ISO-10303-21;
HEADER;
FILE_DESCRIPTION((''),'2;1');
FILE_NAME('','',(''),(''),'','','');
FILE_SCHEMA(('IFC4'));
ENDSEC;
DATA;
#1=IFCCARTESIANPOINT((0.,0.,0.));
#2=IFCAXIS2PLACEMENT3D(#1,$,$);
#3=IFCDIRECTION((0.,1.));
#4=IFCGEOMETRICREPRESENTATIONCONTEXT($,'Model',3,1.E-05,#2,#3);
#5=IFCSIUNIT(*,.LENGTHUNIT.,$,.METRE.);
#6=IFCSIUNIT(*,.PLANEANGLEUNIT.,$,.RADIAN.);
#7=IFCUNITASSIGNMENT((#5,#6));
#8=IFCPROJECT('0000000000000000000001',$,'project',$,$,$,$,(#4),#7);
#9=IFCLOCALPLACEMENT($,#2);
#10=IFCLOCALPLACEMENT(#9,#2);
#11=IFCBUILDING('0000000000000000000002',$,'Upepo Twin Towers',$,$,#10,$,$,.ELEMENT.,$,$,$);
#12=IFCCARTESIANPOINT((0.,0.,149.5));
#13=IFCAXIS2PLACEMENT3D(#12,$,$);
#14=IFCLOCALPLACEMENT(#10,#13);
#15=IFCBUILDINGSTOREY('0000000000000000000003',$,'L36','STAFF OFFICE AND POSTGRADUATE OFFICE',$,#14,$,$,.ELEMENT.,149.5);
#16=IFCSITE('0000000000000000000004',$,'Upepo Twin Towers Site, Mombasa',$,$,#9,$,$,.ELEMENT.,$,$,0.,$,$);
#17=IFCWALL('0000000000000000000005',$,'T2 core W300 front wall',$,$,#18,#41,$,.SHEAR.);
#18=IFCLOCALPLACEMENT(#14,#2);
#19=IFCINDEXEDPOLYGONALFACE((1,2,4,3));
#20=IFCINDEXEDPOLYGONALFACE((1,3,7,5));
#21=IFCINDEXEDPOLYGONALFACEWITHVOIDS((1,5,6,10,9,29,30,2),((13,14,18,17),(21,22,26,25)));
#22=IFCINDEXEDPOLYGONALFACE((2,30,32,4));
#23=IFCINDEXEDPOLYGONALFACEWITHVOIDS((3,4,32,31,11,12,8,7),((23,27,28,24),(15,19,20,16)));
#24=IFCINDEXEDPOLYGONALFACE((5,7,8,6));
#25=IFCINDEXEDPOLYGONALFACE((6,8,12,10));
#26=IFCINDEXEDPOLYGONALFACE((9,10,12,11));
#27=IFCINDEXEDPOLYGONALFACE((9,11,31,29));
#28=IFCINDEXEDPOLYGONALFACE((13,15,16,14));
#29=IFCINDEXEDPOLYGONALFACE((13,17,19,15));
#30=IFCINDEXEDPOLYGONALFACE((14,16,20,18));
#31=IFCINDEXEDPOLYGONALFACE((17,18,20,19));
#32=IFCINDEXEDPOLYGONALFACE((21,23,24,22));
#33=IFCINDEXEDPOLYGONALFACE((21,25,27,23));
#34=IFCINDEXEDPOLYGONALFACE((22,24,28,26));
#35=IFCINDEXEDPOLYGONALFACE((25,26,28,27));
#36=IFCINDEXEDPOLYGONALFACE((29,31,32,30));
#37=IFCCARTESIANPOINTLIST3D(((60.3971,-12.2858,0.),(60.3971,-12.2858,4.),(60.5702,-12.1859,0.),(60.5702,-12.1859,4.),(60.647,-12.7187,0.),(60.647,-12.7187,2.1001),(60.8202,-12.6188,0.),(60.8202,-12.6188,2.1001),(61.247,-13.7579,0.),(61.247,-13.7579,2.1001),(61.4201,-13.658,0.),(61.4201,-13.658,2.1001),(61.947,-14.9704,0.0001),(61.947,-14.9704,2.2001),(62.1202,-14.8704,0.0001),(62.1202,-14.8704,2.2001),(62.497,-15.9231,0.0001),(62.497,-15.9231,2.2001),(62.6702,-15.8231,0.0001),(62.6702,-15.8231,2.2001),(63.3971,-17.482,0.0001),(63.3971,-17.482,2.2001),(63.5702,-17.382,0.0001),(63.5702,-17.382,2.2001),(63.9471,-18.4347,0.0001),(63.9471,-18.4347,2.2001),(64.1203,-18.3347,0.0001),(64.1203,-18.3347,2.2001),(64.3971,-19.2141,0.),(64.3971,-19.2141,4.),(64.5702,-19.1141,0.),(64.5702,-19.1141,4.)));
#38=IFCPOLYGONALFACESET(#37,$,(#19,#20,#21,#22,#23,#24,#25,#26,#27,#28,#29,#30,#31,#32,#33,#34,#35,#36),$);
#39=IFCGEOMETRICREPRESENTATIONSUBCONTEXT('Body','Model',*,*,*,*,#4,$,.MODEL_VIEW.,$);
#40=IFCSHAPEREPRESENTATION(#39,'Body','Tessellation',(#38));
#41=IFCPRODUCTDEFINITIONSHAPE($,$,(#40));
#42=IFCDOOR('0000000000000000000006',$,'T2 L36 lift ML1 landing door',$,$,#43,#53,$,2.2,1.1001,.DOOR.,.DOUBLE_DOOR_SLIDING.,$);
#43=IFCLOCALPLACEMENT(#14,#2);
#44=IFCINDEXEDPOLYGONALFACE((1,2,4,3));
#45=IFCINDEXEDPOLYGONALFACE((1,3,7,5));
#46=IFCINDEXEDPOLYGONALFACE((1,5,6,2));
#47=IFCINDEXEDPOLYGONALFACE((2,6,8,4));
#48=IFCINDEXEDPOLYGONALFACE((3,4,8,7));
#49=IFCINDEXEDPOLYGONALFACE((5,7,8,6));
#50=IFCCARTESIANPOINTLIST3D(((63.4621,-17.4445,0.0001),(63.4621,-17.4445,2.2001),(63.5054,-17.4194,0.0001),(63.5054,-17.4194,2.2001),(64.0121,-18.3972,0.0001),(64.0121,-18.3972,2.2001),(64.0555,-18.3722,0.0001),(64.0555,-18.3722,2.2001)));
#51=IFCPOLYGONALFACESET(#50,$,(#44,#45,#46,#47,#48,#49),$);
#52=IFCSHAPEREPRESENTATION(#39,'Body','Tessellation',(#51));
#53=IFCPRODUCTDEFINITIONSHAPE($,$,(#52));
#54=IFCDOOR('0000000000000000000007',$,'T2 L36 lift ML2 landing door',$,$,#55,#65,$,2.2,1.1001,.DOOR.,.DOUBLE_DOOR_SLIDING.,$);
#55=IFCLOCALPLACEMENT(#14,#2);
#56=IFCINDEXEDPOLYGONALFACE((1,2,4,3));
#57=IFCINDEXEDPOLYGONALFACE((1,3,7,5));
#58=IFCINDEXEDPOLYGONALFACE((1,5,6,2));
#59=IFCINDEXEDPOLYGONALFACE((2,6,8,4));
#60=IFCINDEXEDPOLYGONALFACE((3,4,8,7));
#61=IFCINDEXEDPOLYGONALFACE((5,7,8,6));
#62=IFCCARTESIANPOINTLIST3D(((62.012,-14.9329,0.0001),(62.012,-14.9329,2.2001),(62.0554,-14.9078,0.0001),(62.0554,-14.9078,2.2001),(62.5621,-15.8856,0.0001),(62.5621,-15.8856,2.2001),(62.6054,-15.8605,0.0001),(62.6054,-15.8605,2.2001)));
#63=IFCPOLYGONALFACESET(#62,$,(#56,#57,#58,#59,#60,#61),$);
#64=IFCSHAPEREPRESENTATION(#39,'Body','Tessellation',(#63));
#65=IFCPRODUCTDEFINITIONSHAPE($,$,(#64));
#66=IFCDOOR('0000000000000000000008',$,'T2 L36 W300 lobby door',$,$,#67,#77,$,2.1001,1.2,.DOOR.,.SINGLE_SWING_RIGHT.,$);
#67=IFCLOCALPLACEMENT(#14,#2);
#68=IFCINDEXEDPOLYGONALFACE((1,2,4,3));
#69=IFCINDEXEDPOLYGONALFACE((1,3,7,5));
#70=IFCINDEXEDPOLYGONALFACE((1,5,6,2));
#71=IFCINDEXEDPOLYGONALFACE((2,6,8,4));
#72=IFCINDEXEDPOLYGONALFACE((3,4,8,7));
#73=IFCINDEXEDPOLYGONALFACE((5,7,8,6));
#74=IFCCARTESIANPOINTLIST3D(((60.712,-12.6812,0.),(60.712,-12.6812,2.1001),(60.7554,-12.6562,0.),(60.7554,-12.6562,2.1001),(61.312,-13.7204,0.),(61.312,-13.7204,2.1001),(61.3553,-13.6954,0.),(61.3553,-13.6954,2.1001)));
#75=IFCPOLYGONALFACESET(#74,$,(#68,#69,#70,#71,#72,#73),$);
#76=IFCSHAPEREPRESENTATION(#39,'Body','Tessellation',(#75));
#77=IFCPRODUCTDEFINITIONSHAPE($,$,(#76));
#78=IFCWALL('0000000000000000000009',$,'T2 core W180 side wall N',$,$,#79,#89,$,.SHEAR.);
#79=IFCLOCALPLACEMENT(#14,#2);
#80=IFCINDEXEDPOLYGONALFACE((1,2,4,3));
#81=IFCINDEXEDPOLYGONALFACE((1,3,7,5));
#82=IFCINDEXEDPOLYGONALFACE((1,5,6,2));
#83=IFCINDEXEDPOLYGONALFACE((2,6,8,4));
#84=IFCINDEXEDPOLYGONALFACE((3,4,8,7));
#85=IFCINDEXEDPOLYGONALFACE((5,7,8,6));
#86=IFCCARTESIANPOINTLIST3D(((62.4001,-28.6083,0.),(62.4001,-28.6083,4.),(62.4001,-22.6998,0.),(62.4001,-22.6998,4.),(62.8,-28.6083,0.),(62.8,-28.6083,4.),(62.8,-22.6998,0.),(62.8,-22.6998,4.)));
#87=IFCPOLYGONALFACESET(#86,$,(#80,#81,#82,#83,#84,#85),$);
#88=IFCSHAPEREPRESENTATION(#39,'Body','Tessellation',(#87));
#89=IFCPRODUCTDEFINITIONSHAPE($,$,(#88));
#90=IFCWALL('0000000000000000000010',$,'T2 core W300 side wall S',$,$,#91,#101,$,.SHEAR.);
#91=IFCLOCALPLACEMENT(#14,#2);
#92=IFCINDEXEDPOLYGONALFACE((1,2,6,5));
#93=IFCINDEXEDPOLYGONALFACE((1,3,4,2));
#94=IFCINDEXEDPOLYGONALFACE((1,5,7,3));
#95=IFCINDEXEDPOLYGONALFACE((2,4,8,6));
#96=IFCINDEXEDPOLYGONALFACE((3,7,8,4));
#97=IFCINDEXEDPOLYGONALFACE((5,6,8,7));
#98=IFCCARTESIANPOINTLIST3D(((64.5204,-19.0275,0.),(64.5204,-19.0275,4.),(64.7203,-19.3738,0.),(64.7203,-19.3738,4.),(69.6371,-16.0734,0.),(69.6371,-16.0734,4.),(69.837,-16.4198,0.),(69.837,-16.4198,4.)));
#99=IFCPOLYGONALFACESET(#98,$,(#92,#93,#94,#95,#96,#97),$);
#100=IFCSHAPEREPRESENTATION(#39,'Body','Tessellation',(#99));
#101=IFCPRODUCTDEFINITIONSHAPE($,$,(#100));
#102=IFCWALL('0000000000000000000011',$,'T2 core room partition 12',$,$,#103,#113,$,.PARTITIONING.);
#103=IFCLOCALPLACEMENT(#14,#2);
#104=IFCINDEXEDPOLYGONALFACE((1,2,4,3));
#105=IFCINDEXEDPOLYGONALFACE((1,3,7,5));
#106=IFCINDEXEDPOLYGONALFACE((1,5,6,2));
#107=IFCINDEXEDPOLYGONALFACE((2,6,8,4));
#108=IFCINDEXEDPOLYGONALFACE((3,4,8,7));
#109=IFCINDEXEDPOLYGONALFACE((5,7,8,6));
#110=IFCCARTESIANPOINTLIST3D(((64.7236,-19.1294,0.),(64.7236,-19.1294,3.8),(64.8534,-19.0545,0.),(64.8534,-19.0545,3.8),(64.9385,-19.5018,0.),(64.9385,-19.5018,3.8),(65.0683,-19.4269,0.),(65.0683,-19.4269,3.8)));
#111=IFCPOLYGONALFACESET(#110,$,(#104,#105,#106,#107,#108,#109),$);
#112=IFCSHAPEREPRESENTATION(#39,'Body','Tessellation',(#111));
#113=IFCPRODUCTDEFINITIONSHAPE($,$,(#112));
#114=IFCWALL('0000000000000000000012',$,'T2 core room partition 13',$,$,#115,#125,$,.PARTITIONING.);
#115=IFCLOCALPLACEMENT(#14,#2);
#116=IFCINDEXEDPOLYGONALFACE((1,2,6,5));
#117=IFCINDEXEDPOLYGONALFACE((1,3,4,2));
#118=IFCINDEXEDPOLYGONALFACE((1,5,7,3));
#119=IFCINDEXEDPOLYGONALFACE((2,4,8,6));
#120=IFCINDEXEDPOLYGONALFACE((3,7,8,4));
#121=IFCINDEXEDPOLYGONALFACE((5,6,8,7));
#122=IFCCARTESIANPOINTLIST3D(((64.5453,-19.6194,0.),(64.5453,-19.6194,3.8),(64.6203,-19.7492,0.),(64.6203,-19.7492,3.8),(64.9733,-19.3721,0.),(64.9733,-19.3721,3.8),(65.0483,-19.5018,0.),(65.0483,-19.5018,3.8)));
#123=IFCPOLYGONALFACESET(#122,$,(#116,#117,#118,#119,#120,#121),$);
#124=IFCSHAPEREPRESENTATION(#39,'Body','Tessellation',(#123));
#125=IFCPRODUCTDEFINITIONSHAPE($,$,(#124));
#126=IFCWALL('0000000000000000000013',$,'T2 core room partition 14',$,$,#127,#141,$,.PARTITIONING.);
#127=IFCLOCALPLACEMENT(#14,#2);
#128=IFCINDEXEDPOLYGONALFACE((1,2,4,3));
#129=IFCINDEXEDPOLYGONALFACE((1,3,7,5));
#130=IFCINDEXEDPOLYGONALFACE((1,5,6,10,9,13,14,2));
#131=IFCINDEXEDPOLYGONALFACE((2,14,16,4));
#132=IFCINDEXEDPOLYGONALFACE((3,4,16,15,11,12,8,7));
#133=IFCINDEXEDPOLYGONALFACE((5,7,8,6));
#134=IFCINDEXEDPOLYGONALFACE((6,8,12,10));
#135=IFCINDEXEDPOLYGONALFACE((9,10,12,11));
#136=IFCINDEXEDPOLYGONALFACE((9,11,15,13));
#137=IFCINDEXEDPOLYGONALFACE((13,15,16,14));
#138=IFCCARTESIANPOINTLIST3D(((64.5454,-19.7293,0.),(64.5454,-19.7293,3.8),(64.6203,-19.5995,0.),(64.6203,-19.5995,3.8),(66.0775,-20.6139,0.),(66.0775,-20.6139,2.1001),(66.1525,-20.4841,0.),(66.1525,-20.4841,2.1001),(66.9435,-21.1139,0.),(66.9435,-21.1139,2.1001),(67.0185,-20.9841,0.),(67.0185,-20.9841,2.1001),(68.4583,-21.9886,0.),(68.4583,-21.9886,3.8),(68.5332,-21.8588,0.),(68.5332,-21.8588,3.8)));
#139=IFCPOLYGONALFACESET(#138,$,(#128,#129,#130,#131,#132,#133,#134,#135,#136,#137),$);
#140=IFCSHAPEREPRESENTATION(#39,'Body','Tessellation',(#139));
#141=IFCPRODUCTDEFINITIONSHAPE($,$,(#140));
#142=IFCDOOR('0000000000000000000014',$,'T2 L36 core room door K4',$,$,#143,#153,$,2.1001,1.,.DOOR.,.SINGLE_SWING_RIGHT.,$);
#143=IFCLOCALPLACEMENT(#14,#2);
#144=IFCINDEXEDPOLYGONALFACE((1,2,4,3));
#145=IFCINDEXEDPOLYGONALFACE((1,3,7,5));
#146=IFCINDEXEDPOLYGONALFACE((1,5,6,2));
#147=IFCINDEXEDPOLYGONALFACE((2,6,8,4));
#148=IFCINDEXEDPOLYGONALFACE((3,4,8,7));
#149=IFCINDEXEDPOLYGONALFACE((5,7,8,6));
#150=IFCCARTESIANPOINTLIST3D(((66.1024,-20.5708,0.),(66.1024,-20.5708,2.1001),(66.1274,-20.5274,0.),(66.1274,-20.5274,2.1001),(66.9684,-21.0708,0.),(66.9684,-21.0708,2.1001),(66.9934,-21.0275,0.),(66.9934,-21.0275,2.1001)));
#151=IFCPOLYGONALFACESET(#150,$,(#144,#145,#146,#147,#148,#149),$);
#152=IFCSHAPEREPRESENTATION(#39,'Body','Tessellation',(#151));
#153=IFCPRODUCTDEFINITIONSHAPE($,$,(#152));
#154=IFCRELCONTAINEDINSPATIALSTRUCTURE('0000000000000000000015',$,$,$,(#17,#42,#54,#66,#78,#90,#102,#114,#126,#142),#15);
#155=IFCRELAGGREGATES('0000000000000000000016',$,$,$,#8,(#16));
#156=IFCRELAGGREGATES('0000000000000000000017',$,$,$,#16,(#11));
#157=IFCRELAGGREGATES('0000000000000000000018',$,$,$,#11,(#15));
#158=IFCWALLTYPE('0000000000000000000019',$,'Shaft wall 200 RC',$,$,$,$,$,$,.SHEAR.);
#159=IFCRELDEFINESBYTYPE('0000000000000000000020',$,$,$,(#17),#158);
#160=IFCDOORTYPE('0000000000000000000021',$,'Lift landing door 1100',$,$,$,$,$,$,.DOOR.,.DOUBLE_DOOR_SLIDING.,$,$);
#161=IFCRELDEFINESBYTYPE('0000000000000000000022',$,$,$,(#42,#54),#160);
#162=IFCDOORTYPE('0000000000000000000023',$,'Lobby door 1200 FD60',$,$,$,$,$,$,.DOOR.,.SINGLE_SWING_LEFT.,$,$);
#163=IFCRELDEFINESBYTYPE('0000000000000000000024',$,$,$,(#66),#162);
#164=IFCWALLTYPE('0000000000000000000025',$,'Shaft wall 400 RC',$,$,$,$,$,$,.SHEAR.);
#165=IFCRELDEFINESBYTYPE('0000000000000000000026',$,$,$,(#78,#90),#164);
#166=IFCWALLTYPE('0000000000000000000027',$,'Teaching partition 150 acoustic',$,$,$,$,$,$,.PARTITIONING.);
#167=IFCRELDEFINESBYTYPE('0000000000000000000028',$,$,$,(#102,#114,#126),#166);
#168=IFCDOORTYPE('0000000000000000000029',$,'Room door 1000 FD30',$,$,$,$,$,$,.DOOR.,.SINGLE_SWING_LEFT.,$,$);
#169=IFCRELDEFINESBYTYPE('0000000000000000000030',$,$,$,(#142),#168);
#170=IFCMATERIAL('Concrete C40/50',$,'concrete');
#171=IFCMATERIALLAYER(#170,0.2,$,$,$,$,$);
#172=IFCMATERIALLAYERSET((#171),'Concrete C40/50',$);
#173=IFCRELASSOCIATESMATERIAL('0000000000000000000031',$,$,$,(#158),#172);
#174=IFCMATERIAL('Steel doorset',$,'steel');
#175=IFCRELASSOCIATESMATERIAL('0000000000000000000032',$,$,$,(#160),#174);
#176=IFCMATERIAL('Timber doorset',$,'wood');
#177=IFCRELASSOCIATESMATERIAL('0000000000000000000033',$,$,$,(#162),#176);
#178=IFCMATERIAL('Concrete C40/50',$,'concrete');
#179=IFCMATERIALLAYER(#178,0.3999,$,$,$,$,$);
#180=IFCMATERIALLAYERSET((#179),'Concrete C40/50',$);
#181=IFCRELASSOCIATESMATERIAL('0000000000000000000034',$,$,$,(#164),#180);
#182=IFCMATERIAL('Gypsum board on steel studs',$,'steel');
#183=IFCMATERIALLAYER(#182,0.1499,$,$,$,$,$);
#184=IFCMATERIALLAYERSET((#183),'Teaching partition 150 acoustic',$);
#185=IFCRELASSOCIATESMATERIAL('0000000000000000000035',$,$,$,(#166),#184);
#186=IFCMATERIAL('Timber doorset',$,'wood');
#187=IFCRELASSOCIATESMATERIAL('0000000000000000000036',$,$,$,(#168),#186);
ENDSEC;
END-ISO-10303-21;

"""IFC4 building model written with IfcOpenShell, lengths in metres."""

from ifc_helpers import new_model, si_unit, direction, frame, frame_2d, origin, place, context, subcontext, project, spatial, rectangle, extrude, material, layer, layer_set, type_object, element, fill, save


model = new_model("IFC4")

# Units and contexts
model_context = context("Model", 3, precision=1e-05, world=origin(), true_north=direction((0.0, 1.0)))
body_context = subcontext(model_context, "Body", "Model", "MODEL_VIEW")
ifc_project = project(units=[si_unit("LENGTHUNIT", "METRE"), si_unit("PLANEANGLEUNIT", "RADIAN")], contexts=[model_context])

# Site, building, storey
site_placement = place(None, origin())
site = spatial("IfcSite", under=ifc_project, at=site_placement, Name="Upepo Twin Towers Site, Mombasa", CompositionType="ELEMENT", RefElevation=0.0)
building_placement = place(site_placement, origin())
building = spatial("IfcBuilding", under=site, at=building_placement, Name="Upepo Twin Towers", CompositionType="ELEMENT")
storey_placement = place(building_placement, frame((0.0, 0.0, 149.5)))
storey = spatial("IfcBuildingStorey", under=building, at=storey_placement, Name="L36", Description="STAFF OFFICE AND POSTGRADUATE OFFICE", CompositionType="ELEMENT", Elevation=149.5)

# Shared definitions
ifc_material_1 = material(Name="Concrete C40/50", Category="concrete")
ifc_layer_1 = layer(ifc_material_1, 0.2)
ifc_layer_set_1 = layer_set([ifc_layer_1], Name="Concrete C40/50")
wall_type_1 = type_object("IfcWallType", Name="Shaft wall 200 RC", PredefinedType="SHEAR", material=ifc_layer_set_1)

# Wall, openings, doors
wall_1_placement = place(storey_placement, frame((64.4836, -19.1641, 0.0), z_axis=(0.0, 0.0, 1.0), x_axis=(-0.499999, 0.866026, 0.0)))
wall_1 = element("IfcWall", 1, at=wall_1_placement, inside=storey, type_object=wall_type_1, Name="T2 core W300 front wall", PredefinedType="SHEAR", context=body_context, shape_type="SweptSolid", body=[
    extrude(rectangle(XDim=8.0, YDim=0.2, at=frame_2d((4.0, 0.0))), origin(), (0.0, 0.0, 1.0), 4.0),
])
opening_1_placement = place(wall_1_placement, frame((6.3, 0.0, 0.0)))
opening_1 = element("IfcOpeningElement", 2, at=opening_1_placement, cuts=wall_1, PredefinedType="OPENING", context=body_context, shape_type="SweptSolid", body=[
    extrude(rectangle(XDim=1.2, YDim=2.1001, at=frame_2d((0.6001, 1.05))), frame((0.0, 0.1099, 0.0), z_axis=(0.0, -1.0, 0.0), x_axis=(1.0, 0.0, 0.0)), (0.0, 0.0, 1.0), 0.22),
])
opening_2_placement = place(wall_1_placement, frame((0.8999, 0.0, 0.0)))
opening_2 = element("IfcOpeningElement", 3, at=opening_2_placement, cuts=wall_1, PredefinedType="OPENING", context=body_context, shape_type="SweptSolid", body=[
    extrude(rectangle(XDim=1.1001, YDim=2.2, at=frame_2d((0.55, 1.1001))), frame((0.0, 0.1099, 0.0), z_axis=(0.0, -1.0, 0.0), x_axis=(1.0, 0.0, 0.0)), (0.0, 0.0, 1.0), 0.22),
])
opening_3_placement = place(wall_1_placement, frame((3.8, 0.0, 0.0)))
opening_3 = element("IfcOpeningElement", 4, at=opening_3_placement, cuts=wall_1, PredefinedType="OPENING", context=body_context, shape_type="SweptSolid", body=[
    extrude(rectangle(XDim=1.1001, YDim=2.2, at=frame_2d((0.55, 1.1001))), frame((0.0, 0.1099, 0.0), z_axis=(0.0, -1.0, 0.0), x_axis=(1.0, 0.0, 0.0)), (0.0, 0.0, 1.0), 0.22),
])
ifc_material_2 = material(Name="Steel doorset", Category="steel")
door_type_1 = type_object("IfcDoorType", Name="Lift landing door 1100", OperationType="DOUBLE_DOOR_SLIDING", PredefinedType="DOOR", material=ifc_material_2)
door_1_placement = place(opening_2_placement, origin())
door_1 = element("IfcDoor", 5, at=door_1_placement, inside=storey, type_object=door_type_1, Name="T2 L36 lift ML1 landing door", OperationType="DOUBLE_DOOR_SLIDING", OverallHeight=2.2, OverallWidth=1.1001, PredefinedType="DOOR", context=body_context, shape_type="SweptSolid", body=[
    extrude(rectangle(XDim=1.1001, YDim=2.2, at=frame_2d((0.55, 1.1001))), frame((0.0, 0.0249, 0.0), z_axis=(0.0, -1.0, 0.0), x_axis=(1.0, 0.0, 0.0)), (0.0, 0.0, 1.0), 0.05),
])
fill(opening_2, door_1)
door_2_placement = place(opening_3_placement, origin())
door_2 = element("IfcDoor", 6, at=door_2_placement, inside=storey, type_object=door_type_1, Name="T2 L36 lift ML2 landing door", OperationType="DOUBLE_DOOR_SLIDING", OverallHeight=2.2, OverallWidth=1.1001, PredefinedType="DOOR", context=body_context, shape_type="SweptSolid", body=[
    extrude(rectangle(XDim=1.1001, YDim=2.2, at=frame_2d((0.55, 1.1001))), frame((0.0, 0.0249, 0.0), z_axis=(0.0, -1.0, 0.0), x_axis=(1.0, 0.0, 0.0)), (0.0, 0.0, 1.0), 0.05),
])
fill(opening_3, door_2)
ifc_material_3 = material(Name="Timber doorset", Category="wood")
door_type_2 = type_object("IfcDoorType", Name="Lobby door 1200 FD60", OperationType="SINGLE_SWING_LEFT", PredefinedType="DOOR", material=ifc_material_3)
door_3_placement = place(opening_1_placement, origin())
door_3 = element("IfcDoor", 7, at=door_3_placement, inside=storey, type_object=door_type_2, Name="T2 L36 W300 lobby door", OperationType="SINGLE_SWING_RIGHT", OverallHeight=2.1001, OverallWidth=1.2, PredefinedType="DOOR", context=body_context, shape_type="SweptSolid", body=[
    extrude(rectangle(XDim=1.2, YDim=2.1001, at=frame_2d((0.6001, 1.05))), frame((0.0, 0.0249, 0.0), z_axis=(0.0, -1.0, 0.0), x_axis=(1.0, 0.0, 0.0)), (0.0, 0.0, 1.0), 0.05),
])
fill(opening_1, door_3)

# Walls
ifc_material_4 = material(Name="Concrete C40/50", Category="concrete")
ifc_layer_2 = layer(ifc_material_4, 0.3999)
ifc_layer_set_2 = layer_set([ifc_layer_2], Name="Concrete C40/50")
wall_type_2 = type_object("IfcWallType", Name="Shaft wall 400 RC", PredefinedType="SHEAR", material=ifc_layer_set_2)
wall_2_placement = place(storey_placement, frame((62.6001, -22.7, 0.0), z_axis=(0.0, 0.0, 1.0), x_axis=(0.0, -1.0, 0.0)))
element("IfcWall", 8, at=wall_2_placement, inside=storey, type_object=wall_type_2, Name="T2 core W180 side wall N", PredefinedType="SHEAR", context=body_context, shape_type="SweptSolid", body=[
    extrude(rectangle(XDim=5.9084, YDim=0.3999, at=frame_2d((2.9541, 0.0))), origin(), (0.0, 0.0, 1.0), 4.0),
])
wall_3_placement = place(storey_placement, frame((64.6204, -19.2007, 0.0), z_axis=(0.0, 0.0, 1.0), x_axis=(0.866027, 0.499997, 0.0)))
element("IfcWall", 9, at=wall_3_placement, inside=storey, type_object=wall_type_2, Name="T2 core W300 side wall S", PredefinedType="SHEAR", context=body_context, shape_type="SweptSolid", body=[
    extrude(rectangle(XDim=5.9082, YDim=0.3999, at=frame_2d((2.9541, 0.0))), origin(), (0.0, 0.0, 1.0), 4.0),
])
ifc_material_5 = material(Name="Gypsum board on steel studs", Category="steel")
ifc_layer_3 = layer(ifc_material_5, 0.1499)
ifc_layer_set_3 = layer_set([ifc_layer_3], Name="Teaching partition 150 acoustic")
wall_type_3 = type_object("IfcWallType", Name="Teaching partition 150 acoustic", PredefinedType="PARTITIONING", material=ifc_layer_set_3)
wall_4_placement = place(storey_placement, frame((64.7886, -19.092, 0.0), z_axis=(0.0, 0.0, 1.0), x_axis=(0.499804, -0.866138, 0.0)))
element("IfcWall", 10, at=wall_4_placement, inside=storey, type_object=wall_type_3, Name="T2 core room partition 12", PredefinedType="PARTITIONING", context=body_context, shape_type="SweptSolid", body=[
    extrude(rectangle(XDim=0.4299, YDim=0.1499, at=frame_2d((0.2148, 0.0))), origin(), (0.0, 0.0, 1.0), 3.8),
])
wall_5_placement = place(storey_placement, frame((65.0107, -19.437, 0.0), z_axis=(0.0, 0.0, 1.0), x_axis=(-0.865832, -0.500335, 0.0)))
element("IfcWall", 11, at=wall_5_placement, inside=storey, type_object=wall_type_3, Name="T2 core room partition 13", PredefinedType="PARTITIONING", context=body_context, shape_type="SweptSolid", body=[
    extrude(rectangle(XDim=0.4944, YDim=0.1499, at=frame_2d((0.2471, 0.0))), origin(), (0.0, 0.0, 1.0), 3.8),
])

# Wall, opening, door
wall_6_placement = place(storey_placement, frame((64.5828, -19.6643, 0.0), z_axis=(0.0, 0.0, 1.0), x_axis=(0.866007, -0.500033, 0.0)))
wall_6 = element("IfcWall", 12, at=wall_6_placement, inside=storey, type_object=wall_type_3, Name="T2 core room partition 14", PredefinedType="PARTITIONING", context=body_context, shape_type="SweptSolid", body=[
    extrude(rectangle(XDim=4.5183, YDim=0.1499, at=frame_2d((2.2593, 0.0))), origin(), (0.0, 0.0, 1.0), 3.8),
])
opening_4_placement = place(wall_6_placement, frame((1.7693, 0.0, 0.0)))
opening_4 = element("IfcOpeningElement", 13, at=opening_4_placement, cuts=wall_6, PredefinedType="OPENING", context=body_context, shape_type="SweptSolid", body=[
    extrude(rectangle(XDim=1.0, YDim=2.1001, at=frame_2d((0.5, 1.05))), frame((0.0, 0.085, 0.0), z_axis=(0.0, -1.0, 0.0), x_axis=(1.0, 0.0, 0.0)), (0.0, 0.0, 1.0), 0.1699),
])
ifc_material_6 = material(Name="Timber doorset", Category="wood")
door_type_3 = type_object("IfcDoorType", Name="Room door 1000 FD30", OperationType="SINGLE_SWING_LEFT", PredefinedType="DOOR", material=ifc_material_6)
door_4_placement = place(opening_4_placement, origin())
door_4 = element("IfcDoor", 14, at=door_4_placement, inside=storey, type_object=door_type_3, Name="T2 L36 core room door K4", OperationType="SINGLE_SWING_RIGHT", OverallHeight=2.1001, OverallWidth=1.0, PredefinedType="DOOR", context=body_context, shape_type="SweptSolid", body=[
    extrude(rectangle(XDim=1.0, YDim=2.1001, at=frame_2d((0.5, 1.05))), frame((0.0, 0.0249, 0.0), z_axis=(0.0, -1.0, 0.0), x_axis=(1.0, 0.0, 0.0)), (0.0, 0.0, 1.0), 0.05),
])
fill(opening_4, door_4)

save(model, "model.ifc")
